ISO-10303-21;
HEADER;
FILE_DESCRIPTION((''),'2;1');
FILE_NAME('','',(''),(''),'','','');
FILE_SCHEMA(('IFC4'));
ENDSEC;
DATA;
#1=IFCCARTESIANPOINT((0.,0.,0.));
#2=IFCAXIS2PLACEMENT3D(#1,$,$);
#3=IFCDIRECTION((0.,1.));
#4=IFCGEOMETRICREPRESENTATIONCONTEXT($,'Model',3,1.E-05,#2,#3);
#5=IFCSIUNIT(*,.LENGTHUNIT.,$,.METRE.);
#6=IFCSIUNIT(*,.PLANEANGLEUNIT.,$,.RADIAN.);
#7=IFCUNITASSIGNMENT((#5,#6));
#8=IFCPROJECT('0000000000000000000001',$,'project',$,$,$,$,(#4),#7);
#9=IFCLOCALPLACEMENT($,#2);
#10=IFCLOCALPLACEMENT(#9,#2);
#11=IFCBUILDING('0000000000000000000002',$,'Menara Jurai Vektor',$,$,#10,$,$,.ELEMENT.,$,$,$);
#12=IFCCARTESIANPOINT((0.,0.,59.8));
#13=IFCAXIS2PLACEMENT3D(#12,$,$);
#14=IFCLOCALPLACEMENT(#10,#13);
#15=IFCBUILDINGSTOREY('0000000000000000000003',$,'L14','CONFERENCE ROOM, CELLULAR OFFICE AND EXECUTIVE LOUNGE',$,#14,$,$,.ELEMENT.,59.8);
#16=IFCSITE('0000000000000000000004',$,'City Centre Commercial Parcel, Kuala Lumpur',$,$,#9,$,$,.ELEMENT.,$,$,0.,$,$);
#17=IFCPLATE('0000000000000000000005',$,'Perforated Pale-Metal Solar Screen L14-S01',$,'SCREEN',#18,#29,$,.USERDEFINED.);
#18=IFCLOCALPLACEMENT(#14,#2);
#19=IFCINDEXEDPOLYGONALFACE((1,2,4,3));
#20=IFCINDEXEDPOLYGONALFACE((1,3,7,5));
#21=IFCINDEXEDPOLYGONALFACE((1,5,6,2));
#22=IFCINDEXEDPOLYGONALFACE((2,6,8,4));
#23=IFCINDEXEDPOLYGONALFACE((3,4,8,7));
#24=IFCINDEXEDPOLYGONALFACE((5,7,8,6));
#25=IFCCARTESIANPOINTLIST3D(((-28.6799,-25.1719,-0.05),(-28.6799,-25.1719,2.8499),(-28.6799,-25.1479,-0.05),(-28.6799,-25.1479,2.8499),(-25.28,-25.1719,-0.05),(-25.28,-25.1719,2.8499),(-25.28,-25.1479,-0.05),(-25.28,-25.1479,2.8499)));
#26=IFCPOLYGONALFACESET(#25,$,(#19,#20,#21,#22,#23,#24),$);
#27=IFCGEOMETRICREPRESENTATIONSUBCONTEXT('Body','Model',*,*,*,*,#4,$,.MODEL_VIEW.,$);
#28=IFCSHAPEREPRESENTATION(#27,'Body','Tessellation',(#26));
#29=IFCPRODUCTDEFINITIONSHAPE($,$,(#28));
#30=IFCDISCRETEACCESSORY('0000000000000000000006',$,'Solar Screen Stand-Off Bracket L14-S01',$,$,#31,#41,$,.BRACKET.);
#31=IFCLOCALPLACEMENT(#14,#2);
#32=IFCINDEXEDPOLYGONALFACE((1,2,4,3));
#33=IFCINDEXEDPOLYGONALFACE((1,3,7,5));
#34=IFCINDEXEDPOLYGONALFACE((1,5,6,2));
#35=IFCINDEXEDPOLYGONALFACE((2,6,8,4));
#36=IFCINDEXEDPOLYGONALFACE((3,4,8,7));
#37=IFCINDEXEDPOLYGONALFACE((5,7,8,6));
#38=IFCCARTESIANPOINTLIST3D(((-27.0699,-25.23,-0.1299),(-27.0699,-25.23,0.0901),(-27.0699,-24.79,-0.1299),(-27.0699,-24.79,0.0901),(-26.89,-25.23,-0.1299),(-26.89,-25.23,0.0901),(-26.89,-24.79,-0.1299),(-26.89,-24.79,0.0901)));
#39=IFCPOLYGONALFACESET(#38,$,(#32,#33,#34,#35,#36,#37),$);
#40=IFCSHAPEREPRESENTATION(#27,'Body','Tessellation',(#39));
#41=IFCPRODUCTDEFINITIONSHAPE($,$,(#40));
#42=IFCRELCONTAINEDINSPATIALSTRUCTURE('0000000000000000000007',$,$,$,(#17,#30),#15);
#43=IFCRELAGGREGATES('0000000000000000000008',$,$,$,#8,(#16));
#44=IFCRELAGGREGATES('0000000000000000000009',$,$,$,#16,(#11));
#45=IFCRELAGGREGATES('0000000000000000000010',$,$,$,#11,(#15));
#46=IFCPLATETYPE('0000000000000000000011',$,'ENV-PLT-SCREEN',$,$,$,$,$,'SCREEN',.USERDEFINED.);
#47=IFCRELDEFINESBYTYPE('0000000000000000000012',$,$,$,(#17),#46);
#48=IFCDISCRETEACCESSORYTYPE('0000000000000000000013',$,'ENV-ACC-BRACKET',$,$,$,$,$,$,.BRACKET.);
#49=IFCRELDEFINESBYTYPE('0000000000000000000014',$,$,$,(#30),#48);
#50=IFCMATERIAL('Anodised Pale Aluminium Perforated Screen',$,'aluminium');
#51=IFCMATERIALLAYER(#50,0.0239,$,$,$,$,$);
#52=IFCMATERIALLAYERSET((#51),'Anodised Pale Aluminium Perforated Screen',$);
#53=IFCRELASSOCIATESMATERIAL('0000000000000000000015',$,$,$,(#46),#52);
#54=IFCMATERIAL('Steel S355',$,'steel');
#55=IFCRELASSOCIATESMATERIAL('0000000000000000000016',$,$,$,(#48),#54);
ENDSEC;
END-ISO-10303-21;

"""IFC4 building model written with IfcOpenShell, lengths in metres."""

from ifc_helpers import new_model, si_unit, direction, frame, origin, origin_2d, place, context, subcontext, project, spatial, rectangle, extrude, material, layer, layer_set, type_object, element, save


model = new_model("IFC4")

# Units and contexts
model_context = context("Model", 3, precision=1e-05, world=origin(), true_north=direction((0.0, 1.0)))
body_context = subcontext(model_context, "Body", "Model", "MODEL_VIEW")
ifc_project = project(units=[si_unit("LENGTHUNIT", "METRE"), si_unit("PLANEANGLEUNIT", "RADIAN")], contexts=[model_context])

# Site, building, storey
site_placement = place(None, origin())
site = spatial("IfcSite", under=ifc_project, at=site_placement, Name="City Centre Commercial Parcel, Kuala Lumpur", CompositionType="ELEMENT", RefElevation=0.0)
building_placement = place(site_placement, origin())
building = spatial("IfcBuilding", under=site, at=building_placement, Name="Menara Jurai Vektor", CompositionType="ELEMENT")
storey_placement = place(building_placement, frame((0.0, 0.0, 59.8)))
storey = spatial("IfcBuildingStorey", under=building, at=storey_placement, Name="L14", Description="CONFERENCE ROOM, CELLULAR OFFICE AND EXECUTIVE LOUNGE", CompositionType="ELEMENT", Elevation=59.8)

# Shared definitions
ifc_material_1 = material(Name="Steel S355", Category="steel")

# Plate
ifc_material_2 = material(Name="Anodised Pale Aluminium Perforated Screen", Category="aluminium")
ifc_layer_1 = layer(ifc_material_2, 0.0239)
ifc_layer_set_1 = layer_set([ifc_layer_1], Name="Anodised Pale Aluminium Perforated Screen")
plate_type_1 = type_object("IfcPlateType", Name="ENV-PLT-SCREEN", ElementType="SCREEN", PredefinedType="USERDEFINED", material=ifc_layer_set_1)
plate_1_placement = place(storey_placement, frame((-26.98, -25.1599, -0.05), z_axis=(0.0, 0.0, 1.0), x_axis=(1.0, 0.0, 0.0)))
element("IfcPlate", 1, at=plate_1_placement, inside=storey, type_object=plate_type_1, Name="Perforated Pale-Metal Solar Screen L14-S01", ObjectType="SCREEN", PredefinedType="USERDEFINED", context=body_context, shape_type="SweptSolid", body=[
    extrude(rectangle(XDim=3.3999, YDim=0.0239, at=origin_2d()), origin(), (0.0, 0.0, 1.0), 2.8999),
])

# Discrete accessory
discrete_accessory_type = type_object("IfcDiscreteAccessoryType", Name="ENV-ACC-BRACKET", PredefinedType="BRACKET", material=ifc_material_1)
discrete_accessory_placement = place(storey_placement, frame((-26.98, -25.01, -0.1299), z_axis=(0.0, 0.0, 1.0), x_axis=(1.0, 0.0, 0.0)))
element("IfcDiscreteAccessory", 2, at=discrete_accessory_placement, inside=storey, type_object=discrete_accessory_type, Name="Solar Screen Stand-Off Bracket L14-S01", PredefinedType="BRACKET", context=body_context, shape_type="SweptSolid", body=[
    extrude(rectangle(XDim=0.1799, YDim=0.4399, at=origin_2d()), origin(), (0.0, 0.0, 1.0), 0.22),
])

save(model, "model.ifc")
